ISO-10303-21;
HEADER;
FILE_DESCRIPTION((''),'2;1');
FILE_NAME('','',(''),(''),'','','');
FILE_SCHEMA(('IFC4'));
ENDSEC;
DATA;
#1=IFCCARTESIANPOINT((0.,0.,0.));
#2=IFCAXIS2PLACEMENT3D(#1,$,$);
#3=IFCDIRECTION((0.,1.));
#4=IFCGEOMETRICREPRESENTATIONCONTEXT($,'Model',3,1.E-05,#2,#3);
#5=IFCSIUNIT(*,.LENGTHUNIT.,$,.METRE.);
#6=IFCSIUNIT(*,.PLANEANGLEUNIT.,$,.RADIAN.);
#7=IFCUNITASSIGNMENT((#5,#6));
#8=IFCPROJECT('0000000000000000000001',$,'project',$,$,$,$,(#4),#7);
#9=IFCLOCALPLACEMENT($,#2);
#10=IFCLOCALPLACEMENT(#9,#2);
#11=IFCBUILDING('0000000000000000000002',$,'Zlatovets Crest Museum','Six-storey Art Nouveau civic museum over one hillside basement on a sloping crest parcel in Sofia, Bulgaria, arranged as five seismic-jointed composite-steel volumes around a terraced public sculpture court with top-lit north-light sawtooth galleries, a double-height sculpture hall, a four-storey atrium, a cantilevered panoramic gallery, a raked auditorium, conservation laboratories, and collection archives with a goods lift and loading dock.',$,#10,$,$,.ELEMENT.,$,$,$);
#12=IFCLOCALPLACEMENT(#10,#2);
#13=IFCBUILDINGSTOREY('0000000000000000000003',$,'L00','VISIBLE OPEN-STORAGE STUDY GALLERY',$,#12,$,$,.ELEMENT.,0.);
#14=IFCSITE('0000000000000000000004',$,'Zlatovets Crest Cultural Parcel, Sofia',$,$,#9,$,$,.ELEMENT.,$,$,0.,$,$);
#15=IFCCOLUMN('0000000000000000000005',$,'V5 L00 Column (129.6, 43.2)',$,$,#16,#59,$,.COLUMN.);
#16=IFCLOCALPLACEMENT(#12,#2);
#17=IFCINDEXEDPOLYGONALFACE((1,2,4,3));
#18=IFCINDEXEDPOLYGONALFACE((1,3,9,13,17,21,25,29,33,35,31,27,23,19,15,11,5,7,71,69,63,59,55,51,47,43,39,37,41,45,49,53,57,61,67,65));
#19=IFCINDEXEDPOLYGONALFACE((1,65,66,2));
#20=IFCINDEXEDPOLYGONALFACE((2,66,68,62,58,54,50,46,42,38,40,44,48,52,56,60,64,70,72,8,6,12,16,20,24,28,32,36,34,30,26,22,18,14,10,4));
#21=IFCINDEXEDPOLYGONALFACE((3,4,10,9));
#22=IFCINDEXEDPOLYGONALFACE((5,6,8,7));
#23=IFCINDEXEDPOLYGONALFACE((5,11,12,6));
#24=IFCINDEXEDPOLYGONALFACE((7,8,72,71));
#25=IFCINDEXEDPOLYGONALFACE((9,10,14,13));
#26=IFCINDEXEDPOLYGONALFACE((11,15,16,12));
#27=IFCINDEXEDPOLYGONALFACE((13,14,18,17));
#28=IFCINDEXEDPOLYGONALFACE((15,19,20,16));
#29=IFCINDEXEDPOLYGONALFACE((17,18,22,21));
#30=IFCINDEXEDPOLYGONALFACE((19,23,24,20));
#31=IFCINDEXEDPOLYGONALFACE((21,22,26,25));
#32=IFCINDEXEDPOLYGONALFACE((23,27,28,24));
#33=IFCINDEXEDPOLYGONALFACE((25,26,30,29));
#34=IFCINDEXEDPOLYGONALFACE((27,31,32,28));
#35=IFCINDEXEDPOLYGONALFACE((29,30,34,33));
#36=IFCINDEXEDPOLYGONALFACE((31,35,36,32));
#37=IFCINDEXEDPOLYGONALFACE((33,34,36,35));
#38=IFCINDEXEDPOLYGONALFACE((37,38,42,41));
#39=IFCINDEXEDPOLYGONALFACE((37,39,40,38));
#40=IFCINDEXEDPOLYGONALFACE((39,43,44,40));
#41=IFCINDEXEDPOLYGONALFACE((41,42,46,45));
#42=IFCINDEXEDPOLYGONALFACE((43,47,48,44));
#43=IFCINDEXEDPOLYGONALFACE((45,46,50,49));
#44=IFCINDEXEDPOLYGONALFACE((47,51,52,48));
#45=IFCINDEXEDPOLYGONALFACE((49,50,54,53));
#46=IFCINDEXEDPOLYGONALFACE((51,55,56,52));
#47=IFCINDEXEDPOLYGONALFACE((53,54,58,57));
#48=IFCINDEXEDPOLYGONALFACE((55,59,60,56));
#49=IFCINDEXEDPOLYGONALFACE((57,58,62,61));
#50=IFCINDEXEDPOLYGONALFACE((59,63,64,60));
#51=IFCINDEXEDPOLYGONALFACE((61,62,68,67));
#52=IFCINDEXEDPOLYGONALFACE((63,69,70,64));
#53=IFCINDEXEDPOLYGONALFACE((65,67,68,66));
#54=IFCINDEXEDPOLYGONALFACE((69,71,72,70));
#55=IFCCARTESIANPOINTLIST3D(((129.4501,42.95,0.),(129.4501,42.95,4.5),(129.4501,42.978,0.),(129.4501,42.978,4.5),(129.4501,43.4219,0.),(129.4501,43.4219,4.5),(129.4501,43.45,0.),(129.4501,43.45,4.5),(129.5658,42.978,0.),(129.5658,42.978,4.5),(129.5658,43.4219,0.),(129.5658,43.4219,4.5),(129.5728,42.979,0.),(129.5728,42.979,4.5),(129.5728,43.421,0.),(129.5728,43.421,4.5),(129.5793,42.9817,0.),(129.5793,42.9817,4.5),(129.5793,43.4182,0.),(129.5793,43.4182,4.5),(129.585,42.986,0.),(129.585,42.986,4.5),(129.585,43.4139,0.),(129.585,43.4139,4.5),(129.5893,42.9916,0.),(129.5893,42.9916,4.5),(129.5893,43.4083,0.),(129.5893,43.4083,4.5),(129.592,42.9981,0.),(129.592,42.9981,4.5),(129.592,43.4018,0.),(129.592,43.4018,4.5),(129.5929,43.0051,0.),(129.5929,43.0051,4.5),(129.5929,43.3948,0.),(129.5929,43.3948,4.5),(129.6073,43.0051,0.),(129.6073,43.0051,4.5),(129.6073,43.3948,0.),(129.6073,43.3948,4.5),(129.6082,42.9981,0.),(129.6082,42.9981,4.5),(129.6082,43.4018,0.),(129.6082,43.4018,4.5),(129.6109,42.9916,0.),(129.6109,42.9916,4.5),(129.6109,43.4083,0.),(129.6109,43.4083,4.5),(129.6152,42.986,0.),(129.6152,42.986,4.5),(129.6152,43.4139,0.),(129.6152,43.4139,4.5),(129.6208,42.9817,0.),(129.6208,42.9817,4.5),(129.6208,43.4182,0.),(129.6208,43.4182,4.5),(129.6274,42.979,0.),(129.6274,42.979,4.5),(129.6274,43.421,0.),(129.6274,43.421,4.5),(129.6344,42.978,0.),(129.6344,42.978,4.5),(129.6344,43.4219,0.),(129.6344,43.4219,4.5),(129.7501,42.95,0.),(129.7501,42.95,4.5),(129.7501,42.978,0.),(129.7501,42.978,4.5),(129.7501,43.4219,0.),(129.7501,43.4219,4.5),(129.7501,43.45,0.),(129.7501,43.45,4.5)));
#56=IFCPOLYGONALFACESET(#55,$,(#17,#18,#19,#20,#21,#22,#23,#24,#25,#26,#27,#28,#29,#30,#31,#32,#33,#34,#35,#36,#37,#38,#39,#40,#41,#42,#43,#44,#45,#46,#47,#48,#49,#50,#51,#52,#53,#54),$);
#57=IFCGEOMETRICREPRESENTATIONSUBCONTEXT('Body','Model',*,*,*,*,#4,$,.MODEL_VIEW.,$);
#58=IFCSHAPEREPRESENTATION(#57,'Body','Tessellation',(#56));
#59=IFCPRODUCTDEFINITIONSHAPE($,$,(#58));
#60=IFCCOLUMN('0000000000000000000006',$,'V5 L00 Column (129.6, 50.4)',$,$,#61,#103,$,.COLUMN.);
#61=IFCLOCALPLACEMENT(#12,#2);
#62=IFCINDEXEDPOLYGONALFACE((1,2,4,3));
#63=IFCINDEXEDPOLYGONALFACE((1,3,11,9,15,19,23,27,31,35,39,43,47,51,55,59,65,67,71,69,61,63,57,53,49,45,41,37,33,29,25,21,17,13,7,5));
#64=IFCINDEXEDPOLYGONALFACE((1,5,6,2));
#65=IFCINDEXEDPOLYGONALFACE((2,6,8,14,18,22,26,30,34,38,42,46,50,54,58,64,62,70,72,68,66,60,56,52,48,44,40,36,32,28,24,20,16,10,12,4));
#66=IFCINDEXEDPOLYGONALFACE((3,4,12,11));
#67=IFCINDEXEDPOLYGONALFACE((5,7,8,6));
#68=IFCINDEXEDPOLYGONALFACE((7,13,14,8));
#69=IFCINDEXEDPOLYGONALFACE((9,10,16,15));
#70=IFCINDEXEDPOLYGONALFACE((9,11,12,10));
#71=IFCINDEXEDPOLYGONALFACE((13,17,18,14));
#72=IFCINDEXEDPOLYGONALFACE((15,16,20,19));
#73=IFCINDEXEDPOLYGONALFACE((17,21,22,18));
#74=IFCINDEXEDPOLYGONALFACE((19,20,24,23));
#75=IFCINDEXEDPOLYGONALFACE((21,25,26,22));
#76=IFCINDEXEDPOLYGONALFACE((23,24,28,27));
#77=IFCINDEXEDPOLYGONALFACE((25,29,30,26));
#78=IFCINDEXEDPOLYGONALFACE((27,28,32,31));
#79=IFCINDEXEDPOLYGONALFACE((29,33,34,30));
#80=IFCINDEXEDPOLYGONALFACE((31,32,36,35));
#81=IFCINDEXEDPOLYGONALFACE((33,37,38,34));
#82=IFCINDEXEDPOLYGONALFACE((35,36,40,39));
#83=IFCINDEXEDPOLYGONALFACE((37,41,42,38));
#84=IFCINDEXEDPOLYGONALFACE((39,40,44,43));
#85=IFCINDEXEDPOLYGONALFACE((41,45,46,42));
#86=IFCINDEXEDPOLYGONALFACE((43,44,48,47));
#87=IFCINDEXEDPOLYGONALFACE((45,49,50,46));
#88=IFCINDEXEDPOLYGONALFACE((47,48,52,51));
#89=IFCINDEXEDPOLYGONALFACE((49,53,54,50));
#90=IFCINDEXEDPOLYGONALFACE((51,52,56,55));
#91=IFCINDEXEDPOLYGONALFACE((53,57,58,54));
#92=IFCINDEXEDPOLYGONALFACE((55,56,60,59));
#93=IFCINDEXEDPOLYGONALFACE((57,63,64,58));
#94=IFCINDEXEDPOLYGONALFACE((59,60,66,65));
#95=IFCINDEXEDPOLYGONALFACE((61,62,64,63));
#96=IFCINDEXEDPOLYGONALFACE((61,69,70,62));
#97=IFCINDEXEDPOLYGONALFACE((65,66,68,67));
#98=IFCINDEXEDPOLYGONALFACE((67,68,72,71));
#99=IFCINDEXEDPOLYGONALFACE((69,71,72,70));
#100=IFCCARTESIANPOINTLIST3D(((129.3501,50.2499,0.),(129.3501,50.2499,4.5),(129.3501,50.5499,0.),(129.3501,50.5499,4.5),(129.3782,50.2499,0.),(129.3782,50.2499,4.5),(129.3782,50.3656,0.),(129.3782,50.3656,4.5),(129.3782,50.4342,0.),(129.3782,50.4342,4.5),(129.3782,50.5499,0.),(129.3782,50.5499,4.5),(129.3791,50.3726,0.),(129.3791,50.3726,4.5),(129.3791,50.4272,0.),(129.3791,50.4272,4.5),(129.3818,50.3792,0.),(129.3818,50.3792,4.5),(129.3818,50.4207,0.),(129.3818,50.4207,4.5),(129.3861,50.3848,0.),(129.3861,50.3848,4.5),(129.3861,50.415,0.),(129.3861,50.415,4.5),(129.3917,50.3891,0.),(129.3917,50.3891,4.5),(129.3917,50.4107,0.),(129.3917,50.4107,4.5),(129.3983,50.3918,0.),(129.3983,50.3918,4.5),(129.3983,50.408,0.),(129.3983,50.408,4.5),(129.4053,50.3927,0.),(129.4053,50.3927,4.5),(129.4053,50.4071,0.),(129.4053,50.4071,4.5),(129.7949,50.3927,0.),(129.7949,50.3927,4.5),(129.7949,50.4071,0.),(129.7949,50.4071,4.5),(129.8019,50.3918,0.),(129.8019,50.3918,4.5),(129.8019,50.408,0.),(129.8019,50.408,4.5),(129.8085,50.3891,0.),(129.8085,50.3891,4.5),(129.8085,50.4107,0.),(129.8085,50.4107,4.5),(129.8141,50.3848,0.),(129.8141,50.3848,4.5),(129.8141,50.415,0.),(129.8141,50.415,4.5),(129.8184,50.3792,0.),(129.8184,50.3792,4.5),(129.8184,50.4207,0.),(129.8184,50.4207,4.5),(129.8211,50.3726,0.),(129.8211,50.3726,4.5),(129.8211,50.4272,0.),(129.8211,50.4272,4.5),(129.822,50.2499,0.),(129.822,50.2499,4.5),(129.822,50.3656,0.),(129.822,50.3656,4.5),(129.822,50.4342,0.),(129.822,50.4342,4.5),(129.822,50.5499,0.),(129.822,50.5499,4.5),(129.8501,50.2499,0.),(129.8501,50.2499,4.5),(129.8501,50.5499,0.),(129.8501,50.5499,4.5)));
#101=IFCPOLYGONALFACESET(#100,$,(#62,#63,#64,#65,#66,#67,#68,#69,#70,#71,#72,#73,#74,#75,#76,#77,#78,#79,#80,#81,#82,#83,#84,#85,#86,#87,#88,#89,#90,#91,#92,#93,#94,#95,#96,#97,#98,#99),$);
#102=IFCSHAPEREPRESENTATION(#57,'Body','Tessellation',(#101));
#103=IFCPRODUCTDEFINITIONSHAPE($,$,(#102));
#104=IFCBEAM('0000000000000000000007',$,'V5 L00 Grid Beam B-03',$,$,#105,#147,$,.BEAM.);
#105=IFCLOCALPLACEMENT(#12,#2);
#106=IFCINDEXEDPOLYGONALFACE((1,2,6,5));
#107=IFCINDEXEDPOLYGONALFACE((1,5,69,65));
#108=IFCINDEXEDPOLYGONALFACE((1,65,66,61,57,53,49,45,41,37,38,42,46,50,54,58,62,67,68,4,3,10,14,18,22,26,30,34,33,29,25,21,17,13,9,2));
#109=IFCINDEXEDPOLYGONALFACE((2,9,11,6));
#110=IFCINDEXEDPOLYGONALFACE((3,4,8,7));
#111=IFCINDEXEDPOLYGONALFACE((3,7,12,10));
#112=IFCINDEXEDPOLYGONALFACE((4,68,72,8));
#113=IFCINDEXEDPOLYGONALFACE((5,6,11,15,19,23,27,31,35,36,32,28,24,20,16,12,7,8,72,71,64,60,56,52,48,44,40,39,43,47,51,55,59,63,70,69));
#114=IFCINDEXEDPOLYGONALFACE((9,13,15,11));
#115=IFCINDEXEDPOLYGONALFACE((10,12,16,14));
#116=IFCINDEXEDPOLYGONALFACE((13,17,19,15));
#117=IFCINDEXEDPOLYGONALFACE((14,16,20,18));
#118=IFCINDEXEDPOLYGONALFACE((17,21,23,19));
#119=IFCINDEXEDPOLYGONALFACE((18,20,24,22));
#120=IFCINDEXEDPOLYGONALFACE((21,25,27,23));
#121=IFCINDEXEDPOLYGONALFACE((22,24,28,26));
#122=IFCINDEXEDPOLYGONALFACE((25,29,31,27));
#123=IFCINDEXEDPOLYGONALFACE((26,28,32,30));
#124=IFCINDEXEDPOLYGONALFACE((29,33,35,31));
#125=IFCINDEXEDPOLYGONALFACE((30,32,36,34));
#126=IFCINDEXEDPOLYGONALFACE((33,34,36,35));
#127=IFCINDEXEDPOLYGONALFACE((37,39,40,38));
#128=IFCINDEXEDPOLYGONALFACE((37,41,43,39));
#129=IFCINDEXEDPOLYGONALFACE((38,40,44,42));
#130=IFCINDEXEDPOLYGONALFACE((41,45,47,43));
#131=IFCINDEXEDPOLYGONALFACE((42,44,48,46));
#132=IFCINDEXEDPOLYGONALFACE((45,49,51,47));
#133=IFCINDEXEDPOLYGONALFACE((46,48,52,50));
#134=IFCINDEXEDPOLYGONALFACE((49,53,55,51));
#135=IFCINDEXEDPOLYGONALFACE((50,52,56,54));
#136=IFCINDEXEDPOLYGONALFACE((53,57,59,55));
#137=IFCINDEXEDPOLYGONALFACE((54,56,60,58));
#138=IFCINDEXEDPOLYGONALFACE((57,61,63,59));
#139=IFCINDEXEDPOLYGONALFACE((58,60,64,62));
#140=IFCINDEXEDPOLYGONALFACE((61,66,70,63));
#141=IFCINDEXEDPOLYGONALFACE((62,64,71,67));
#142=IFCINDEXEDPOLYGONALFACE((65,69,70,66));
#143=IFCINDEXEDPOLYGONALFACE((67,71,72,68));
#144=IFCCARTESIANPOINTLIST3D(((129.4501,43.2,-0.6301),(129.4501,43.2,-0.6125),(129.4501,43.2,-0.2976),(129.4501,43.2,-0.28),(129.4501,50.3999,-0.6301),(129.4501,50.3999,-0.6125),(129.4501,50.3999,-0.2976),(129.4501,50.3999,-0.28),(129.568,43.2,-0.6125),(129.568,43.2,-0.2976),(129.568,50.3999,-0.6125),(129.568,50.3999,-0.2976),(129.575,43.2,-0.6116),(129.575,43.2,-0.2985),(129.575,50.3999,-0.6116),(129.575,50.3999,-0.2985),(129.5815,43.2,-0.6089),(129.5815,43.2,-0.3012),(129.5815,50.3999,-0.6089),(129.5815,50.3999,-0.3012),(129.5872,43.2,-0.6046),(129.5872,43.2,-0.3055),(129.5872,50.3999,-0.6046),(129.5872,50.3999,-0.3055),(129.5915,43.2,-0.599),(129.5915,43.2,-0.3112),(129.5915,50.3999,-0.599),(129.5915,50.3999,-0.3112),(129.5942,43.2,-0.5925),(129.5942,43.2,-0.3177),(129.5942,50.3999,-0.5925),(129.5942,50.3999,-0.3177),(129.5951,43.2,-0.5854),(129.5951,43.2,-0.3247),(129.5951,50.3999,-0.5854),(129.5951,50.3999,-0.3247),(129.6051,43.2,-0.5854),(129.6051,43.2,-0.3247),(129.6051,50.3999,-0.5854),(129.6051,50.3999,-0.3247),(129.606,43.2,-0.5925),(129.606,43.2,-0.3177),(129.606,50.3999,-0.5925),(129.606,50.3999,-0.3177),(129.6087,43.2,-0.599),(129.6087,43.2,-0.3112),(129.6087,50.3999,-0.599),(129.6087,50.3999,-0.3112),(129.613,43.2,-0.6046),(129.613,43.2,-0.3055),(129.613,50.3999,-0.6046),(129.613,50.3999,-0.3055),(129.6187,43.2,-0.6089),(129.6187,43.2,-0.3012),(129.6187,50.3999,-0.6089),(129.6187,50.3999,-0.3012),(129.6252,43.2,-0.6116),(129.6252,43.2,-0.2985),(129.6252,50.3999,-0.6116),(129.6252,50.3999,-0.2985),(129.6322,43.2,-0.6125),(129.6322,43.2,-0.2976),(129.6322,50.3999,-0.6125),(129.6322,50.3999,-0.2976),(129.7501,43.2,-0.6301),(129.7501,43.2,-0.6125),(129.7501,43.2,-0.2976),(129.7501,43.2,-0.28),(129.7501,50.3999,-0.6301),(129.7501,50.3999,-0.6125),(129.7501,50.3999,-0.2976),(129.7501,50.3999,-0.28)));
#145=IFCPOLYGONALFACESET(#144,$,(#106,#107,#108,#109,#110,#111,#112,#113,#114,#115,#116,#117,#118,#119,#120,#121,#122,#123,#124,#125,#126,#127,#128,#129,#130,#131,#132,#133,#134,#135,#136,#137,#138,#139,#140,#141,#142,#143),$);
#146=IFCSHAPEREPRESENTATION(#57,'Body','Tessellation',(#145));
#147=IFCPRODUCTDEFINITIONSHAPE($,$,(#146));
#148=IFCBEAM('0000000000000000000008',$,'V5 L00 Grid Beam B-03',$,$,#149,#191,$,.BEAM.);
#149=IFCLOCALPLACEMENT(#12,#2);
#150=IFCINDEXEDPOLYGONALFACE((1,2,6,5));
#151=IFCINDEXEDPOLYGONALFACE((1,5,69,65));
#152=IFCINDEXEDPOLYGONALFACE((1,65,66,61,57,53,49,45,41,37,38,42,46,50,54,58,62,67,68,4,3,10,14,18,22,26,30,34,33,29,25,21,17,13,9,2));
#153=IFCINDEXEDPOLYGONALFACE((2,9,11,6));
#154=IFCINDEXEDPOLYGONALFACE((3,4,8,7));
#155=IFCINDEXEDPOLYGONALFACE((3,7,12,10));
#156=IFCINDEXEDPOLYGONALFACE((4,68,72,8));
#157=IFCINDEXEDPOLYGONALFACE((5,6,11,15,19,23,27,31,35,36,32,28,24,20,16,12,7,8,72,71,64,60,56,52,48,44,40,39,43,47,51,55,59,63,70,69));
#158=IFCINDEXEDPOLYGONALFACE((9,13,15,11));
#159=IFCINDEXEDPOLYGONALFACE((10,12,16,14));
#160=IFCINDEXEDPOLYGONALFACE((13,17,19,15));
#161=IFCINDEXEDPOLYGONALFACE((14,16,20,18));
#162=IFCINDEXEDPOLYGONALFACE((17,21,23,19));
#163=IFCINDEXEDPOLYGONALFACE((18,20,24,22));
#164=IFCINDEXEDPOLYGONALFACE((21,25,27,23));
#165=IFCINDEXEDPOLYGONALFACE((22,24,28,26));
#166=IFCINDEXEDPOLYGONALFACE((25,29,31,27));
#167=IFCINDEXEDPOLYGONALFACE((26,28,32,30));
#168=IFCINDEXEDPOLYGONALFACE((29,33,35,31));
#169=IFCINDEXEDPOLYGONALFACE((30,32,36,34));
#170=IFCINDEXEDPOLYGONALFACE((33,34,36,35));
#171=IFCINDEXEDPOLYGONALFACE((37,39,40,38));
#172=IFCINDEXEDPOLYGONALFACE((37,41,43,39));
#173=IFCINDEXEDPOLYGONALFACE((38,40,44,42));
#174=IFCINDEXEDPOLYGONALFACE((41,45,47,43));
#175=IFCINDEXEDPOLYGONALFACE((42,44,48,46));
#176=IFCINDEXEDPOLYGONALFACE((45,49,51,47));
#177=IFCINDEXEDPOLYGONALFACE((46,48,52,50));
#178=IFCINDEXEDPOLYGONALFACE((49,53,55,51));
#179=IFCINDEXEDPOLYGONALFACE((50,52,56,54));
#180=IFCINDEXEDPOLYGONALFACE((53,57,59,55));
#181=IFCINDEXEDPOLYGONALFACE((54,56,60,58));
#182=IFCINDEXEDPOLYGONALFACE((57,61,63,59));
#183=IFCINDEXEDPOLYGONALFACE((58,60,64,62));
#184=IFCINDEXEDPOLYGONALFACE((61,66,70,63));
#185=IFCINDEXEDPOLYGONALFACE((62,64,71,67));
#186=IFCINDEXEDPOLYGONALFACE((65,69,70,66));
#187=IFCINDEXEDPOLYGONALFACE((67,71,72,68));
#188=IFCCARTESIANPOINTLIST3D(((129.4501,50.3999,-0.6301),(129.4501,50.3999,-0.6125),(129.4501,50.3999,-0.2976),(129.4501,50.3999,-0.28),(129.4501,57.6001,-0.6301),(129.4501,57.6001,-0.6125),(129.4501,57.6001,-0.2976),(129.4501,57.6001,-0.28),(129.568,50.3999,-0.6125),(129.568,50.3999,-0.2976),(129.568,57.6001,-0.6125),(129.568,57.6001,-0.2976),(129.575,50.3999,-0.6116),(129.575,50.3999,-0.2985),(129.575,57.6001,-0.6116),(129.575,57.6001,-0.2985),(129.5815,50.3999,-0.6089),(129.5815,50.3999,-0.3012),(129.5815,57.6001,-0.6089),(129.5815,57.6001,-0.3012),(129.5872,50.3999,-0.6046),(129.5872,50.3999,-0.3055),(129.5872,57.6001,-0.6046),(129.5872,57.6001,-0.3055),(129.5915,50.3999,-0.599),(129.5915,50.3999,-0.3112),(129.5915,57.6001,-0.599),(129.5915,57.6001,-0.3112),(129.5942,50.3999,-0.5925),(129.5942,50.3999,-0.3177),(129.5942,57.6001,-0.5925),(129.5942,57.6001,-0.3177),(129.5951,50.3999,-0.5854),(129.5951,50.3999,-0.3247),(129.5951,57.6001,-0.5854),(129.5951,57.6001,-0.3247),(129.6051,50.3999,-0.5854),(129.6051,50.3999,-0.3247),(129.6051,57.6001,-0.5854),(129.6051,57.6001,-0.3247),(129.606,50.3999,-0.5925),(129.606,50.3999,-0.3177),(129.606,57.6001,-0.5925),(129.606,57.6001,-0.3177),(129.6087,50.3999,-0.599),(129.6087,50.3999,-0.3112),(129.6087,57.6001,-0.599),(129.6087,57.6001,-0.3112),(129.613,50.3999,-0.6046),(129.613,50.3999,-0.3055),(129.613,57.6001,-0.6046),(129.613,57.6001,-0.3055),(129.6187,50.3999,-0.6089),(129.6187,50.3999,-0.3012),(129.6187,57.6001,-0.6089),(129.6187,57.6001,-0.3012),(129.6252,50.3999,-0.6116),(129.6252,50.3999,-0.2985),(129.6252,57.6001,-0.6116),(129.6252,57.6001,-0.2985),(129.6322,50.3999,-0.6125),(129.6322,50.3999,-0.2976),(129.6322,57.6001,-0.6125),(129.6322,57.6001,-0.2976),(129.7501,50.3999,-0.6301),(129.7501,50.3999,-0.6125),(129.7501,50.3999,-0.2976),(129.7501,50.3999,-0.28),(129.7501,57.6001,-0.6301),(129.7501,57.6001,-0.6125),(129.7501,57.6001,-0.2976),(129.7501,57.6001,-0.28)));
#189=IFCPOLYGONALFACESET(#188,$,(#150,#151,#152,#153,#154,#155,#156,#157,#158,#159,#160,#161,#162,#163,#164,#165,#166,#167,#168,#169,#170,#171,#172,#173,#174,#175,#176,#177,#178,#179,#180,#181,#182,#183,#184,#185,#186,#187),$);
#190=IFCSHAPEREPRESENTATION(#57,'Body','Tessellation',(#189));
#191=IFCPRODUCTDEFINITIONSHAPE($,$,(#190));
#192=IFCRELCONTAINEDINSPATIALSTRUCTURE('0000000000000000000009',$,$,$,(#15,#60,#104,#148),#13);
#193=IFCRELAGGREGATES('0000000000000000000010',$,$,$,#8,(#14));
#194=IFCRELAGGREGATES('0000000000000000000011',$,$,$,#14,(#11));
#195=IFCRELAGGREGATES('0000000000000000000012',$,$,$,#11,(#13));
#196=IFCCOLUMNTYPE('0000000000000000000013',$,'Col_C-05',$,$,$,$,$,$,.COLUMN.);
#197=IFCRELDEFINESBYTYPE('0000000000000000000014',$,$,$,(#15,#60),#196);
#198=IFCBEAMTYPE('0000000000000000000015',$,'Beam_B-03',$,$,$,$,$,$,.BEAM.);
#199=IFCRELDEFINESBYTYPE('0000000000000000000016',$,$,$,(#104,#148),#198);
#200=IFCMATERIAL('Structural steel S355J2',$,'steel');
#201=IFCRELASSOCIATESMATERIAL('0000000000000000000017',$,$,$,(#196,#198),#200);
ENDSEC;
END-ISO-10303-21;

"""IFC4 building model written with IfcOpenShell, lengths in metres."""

from ifc_helpers import new_model, si_unit, direction, frame, origin, origin_2d, place, context, subcontext, project, spatial, i_section, extrude, material, material_profile, profile_set, type_object, element, save


model = new_model("IFC4")

# Units and contexts
model_context = context("Model", 3, precision=1e-05, world=origin(), true_north=direction((0.0, 1.0)))
body_context = subcontext(model_context, "Body", "Model", "MODEL_VIEW")
ifc_project = project(units=[si_unit("LENGTHUNIT", "METRE"), si_unit("PLANEANGLEUNIT", "RADIAN")], contexts=[model_context])

# Site, building, storey
site_placement = place(None, origin())
site = spatial("IfcSite", under=ifc_project, at=site_placement, Name="Zlatovets Crest Cultural Parcel, Sofia", CompositionType="ELEMENT", RefElevation=0.0)
building_placement = place(site_placement, origin())
building = spatial("IfcBuilding", under=site, at=building_placement, Name="Zlatovets Crest Museum", Description="Six-storey Art Nouveau civic museum over one hillside basement on a sloping crest parcel in Sofia, Bulgaria, arranged as five seismic-jointed composite-steel volumes around a terraced public sculpture court with top-lit north-light sawtooth galleries, a double-height sculpture hall, a four-storey atrium, a cantilevered panoramic gallery, a raked auditorium, conservation laboratories, and collection archives with a goods lift and loading dock.", CompositionType="ELEMENT")
storey_placement = place(building_placement, origin())
storey = spatial("IfcBuildingStorey", under=building, at=storey_placement, Name="L00", Description="VISIBLE OPEN-STORAGE STUDY GALLERY", CompositionType="ELEMENT", Elevation=0.0)

# Columns
ifc_material_1 = material(Name="Structural steel S355J2", Category="steel")
ifc_material_profile_1 = material_profile(ifc_material_1, i_section(OverallWidth=0.3, OverallDepth=0.5, WebThickness=0.0144, FlangeThickness=0.0281, FilletRadius=0.0271, at=origin_2d()), Name="HEB 500")
ifc_profile_set_1 = profile_set([ifc_material_profile_1], Name="Structural steel S355J2")
column_type = type_object("IfcColumnType", Name="Col_C-05", PredefinedType="COLUMN", material=ifc_profile_set_1)
for number, where, z_axis, x_axis, name in (
    (1, (129.6001, 43.2, 0.0), (0.0, 0.0, 1.0), (1.0, 0.0, 0.0), "V5 L00 Column (129.6, 43.2)"),
    (2, (129.6001, 50.3999, 0.0), (0.0, 0.0, 1.0), (0.0, 1.0, 0.0), "V5 L00 Column (129.6, 50.4)"),
):
    element("IfcColumn", number, at=place(storey_placement, frame(where, z_axis=z_axis, x_axis=x_axis)), inside=storey, type_object=column_type, Name=name, PredefinedType="COLUMN", context=body_context, shape_type="SweptSolid", body=[
        extrude(i_section(OverallWidth=0.3, OverallDepth=0.5, WebThickness=0.0144, FlangeThickness=0.0281, FilletRadius=0.0271, at=origin_2d()), origin(), (0.0, 0.0, 1.0), 4.5),
    ])

# Beams
ifc_material_profile_2 = material_profile(ifc_material_1, i_section(OverallWidth=0.3, OverallDepth=0.3501, WebThickness=0.01, FlangeThickness=0.0176, FilletRadius=0.0271, at=origin_2d()), Name="HEA 360")
ifc_profile_set_2 = profile_set([ifc_material_profile_2], Name="Structural steel S355J2")
beam_type_1 = type_object("IfcBeamType", Name="Beam_B-03", PredefinedType="BEAM", material=ifc_profile_set_2)
beam_1_placement = place(storey_placement, frame((129.6001, 43.2, -0.4551), z_axis=(0.0, 1.0, 0.0), x_axis=(-1.0, 0.0, 0.0)))
element("IfcBeam", 3, at=beam_1_placement, inside=storey, type_object=beam_type_1, Name="V5 L00 Grid Beam B-03", PredefinedType="BEAM", context=body_context, shape_type="SweptSolid", body=[
    extrude(i_section(OverallWidth=0.3, OverallDepth=0.3501, WebThickness=0.01, FlangeThickness=0.0176, FilletRadius=0.0271, at=origin_2d()), origin(), (0.0, 0.0, 1.0), 7.2),
])
beam_2_placement = place(storey_placement, frame((129.6001, 50.3999, -0.4551), z_axis=(0.0, 1.0, 0.0), x_axis=(-1.0, 0.0, 0.0)))
element("IfcBeam", 4, at=beam_2_placement, inside=storey, type_object=beam_type_1, Name="V5 L00 Grid Beam B-03", PredefinedType="BEAM", context=body_context, shape_type="SweptSolid", body=[
    extrude(i_section(OverallWidth=0.3, OverallDepth=0.3501, WebThickness=0.01, FlangeThickness=0.0176, FilletRadius=0.0271, at=origin_2d()), origin(), (0.0, 0.0, 1.0), 7.2002),
])

save(model, "model.ifc")
